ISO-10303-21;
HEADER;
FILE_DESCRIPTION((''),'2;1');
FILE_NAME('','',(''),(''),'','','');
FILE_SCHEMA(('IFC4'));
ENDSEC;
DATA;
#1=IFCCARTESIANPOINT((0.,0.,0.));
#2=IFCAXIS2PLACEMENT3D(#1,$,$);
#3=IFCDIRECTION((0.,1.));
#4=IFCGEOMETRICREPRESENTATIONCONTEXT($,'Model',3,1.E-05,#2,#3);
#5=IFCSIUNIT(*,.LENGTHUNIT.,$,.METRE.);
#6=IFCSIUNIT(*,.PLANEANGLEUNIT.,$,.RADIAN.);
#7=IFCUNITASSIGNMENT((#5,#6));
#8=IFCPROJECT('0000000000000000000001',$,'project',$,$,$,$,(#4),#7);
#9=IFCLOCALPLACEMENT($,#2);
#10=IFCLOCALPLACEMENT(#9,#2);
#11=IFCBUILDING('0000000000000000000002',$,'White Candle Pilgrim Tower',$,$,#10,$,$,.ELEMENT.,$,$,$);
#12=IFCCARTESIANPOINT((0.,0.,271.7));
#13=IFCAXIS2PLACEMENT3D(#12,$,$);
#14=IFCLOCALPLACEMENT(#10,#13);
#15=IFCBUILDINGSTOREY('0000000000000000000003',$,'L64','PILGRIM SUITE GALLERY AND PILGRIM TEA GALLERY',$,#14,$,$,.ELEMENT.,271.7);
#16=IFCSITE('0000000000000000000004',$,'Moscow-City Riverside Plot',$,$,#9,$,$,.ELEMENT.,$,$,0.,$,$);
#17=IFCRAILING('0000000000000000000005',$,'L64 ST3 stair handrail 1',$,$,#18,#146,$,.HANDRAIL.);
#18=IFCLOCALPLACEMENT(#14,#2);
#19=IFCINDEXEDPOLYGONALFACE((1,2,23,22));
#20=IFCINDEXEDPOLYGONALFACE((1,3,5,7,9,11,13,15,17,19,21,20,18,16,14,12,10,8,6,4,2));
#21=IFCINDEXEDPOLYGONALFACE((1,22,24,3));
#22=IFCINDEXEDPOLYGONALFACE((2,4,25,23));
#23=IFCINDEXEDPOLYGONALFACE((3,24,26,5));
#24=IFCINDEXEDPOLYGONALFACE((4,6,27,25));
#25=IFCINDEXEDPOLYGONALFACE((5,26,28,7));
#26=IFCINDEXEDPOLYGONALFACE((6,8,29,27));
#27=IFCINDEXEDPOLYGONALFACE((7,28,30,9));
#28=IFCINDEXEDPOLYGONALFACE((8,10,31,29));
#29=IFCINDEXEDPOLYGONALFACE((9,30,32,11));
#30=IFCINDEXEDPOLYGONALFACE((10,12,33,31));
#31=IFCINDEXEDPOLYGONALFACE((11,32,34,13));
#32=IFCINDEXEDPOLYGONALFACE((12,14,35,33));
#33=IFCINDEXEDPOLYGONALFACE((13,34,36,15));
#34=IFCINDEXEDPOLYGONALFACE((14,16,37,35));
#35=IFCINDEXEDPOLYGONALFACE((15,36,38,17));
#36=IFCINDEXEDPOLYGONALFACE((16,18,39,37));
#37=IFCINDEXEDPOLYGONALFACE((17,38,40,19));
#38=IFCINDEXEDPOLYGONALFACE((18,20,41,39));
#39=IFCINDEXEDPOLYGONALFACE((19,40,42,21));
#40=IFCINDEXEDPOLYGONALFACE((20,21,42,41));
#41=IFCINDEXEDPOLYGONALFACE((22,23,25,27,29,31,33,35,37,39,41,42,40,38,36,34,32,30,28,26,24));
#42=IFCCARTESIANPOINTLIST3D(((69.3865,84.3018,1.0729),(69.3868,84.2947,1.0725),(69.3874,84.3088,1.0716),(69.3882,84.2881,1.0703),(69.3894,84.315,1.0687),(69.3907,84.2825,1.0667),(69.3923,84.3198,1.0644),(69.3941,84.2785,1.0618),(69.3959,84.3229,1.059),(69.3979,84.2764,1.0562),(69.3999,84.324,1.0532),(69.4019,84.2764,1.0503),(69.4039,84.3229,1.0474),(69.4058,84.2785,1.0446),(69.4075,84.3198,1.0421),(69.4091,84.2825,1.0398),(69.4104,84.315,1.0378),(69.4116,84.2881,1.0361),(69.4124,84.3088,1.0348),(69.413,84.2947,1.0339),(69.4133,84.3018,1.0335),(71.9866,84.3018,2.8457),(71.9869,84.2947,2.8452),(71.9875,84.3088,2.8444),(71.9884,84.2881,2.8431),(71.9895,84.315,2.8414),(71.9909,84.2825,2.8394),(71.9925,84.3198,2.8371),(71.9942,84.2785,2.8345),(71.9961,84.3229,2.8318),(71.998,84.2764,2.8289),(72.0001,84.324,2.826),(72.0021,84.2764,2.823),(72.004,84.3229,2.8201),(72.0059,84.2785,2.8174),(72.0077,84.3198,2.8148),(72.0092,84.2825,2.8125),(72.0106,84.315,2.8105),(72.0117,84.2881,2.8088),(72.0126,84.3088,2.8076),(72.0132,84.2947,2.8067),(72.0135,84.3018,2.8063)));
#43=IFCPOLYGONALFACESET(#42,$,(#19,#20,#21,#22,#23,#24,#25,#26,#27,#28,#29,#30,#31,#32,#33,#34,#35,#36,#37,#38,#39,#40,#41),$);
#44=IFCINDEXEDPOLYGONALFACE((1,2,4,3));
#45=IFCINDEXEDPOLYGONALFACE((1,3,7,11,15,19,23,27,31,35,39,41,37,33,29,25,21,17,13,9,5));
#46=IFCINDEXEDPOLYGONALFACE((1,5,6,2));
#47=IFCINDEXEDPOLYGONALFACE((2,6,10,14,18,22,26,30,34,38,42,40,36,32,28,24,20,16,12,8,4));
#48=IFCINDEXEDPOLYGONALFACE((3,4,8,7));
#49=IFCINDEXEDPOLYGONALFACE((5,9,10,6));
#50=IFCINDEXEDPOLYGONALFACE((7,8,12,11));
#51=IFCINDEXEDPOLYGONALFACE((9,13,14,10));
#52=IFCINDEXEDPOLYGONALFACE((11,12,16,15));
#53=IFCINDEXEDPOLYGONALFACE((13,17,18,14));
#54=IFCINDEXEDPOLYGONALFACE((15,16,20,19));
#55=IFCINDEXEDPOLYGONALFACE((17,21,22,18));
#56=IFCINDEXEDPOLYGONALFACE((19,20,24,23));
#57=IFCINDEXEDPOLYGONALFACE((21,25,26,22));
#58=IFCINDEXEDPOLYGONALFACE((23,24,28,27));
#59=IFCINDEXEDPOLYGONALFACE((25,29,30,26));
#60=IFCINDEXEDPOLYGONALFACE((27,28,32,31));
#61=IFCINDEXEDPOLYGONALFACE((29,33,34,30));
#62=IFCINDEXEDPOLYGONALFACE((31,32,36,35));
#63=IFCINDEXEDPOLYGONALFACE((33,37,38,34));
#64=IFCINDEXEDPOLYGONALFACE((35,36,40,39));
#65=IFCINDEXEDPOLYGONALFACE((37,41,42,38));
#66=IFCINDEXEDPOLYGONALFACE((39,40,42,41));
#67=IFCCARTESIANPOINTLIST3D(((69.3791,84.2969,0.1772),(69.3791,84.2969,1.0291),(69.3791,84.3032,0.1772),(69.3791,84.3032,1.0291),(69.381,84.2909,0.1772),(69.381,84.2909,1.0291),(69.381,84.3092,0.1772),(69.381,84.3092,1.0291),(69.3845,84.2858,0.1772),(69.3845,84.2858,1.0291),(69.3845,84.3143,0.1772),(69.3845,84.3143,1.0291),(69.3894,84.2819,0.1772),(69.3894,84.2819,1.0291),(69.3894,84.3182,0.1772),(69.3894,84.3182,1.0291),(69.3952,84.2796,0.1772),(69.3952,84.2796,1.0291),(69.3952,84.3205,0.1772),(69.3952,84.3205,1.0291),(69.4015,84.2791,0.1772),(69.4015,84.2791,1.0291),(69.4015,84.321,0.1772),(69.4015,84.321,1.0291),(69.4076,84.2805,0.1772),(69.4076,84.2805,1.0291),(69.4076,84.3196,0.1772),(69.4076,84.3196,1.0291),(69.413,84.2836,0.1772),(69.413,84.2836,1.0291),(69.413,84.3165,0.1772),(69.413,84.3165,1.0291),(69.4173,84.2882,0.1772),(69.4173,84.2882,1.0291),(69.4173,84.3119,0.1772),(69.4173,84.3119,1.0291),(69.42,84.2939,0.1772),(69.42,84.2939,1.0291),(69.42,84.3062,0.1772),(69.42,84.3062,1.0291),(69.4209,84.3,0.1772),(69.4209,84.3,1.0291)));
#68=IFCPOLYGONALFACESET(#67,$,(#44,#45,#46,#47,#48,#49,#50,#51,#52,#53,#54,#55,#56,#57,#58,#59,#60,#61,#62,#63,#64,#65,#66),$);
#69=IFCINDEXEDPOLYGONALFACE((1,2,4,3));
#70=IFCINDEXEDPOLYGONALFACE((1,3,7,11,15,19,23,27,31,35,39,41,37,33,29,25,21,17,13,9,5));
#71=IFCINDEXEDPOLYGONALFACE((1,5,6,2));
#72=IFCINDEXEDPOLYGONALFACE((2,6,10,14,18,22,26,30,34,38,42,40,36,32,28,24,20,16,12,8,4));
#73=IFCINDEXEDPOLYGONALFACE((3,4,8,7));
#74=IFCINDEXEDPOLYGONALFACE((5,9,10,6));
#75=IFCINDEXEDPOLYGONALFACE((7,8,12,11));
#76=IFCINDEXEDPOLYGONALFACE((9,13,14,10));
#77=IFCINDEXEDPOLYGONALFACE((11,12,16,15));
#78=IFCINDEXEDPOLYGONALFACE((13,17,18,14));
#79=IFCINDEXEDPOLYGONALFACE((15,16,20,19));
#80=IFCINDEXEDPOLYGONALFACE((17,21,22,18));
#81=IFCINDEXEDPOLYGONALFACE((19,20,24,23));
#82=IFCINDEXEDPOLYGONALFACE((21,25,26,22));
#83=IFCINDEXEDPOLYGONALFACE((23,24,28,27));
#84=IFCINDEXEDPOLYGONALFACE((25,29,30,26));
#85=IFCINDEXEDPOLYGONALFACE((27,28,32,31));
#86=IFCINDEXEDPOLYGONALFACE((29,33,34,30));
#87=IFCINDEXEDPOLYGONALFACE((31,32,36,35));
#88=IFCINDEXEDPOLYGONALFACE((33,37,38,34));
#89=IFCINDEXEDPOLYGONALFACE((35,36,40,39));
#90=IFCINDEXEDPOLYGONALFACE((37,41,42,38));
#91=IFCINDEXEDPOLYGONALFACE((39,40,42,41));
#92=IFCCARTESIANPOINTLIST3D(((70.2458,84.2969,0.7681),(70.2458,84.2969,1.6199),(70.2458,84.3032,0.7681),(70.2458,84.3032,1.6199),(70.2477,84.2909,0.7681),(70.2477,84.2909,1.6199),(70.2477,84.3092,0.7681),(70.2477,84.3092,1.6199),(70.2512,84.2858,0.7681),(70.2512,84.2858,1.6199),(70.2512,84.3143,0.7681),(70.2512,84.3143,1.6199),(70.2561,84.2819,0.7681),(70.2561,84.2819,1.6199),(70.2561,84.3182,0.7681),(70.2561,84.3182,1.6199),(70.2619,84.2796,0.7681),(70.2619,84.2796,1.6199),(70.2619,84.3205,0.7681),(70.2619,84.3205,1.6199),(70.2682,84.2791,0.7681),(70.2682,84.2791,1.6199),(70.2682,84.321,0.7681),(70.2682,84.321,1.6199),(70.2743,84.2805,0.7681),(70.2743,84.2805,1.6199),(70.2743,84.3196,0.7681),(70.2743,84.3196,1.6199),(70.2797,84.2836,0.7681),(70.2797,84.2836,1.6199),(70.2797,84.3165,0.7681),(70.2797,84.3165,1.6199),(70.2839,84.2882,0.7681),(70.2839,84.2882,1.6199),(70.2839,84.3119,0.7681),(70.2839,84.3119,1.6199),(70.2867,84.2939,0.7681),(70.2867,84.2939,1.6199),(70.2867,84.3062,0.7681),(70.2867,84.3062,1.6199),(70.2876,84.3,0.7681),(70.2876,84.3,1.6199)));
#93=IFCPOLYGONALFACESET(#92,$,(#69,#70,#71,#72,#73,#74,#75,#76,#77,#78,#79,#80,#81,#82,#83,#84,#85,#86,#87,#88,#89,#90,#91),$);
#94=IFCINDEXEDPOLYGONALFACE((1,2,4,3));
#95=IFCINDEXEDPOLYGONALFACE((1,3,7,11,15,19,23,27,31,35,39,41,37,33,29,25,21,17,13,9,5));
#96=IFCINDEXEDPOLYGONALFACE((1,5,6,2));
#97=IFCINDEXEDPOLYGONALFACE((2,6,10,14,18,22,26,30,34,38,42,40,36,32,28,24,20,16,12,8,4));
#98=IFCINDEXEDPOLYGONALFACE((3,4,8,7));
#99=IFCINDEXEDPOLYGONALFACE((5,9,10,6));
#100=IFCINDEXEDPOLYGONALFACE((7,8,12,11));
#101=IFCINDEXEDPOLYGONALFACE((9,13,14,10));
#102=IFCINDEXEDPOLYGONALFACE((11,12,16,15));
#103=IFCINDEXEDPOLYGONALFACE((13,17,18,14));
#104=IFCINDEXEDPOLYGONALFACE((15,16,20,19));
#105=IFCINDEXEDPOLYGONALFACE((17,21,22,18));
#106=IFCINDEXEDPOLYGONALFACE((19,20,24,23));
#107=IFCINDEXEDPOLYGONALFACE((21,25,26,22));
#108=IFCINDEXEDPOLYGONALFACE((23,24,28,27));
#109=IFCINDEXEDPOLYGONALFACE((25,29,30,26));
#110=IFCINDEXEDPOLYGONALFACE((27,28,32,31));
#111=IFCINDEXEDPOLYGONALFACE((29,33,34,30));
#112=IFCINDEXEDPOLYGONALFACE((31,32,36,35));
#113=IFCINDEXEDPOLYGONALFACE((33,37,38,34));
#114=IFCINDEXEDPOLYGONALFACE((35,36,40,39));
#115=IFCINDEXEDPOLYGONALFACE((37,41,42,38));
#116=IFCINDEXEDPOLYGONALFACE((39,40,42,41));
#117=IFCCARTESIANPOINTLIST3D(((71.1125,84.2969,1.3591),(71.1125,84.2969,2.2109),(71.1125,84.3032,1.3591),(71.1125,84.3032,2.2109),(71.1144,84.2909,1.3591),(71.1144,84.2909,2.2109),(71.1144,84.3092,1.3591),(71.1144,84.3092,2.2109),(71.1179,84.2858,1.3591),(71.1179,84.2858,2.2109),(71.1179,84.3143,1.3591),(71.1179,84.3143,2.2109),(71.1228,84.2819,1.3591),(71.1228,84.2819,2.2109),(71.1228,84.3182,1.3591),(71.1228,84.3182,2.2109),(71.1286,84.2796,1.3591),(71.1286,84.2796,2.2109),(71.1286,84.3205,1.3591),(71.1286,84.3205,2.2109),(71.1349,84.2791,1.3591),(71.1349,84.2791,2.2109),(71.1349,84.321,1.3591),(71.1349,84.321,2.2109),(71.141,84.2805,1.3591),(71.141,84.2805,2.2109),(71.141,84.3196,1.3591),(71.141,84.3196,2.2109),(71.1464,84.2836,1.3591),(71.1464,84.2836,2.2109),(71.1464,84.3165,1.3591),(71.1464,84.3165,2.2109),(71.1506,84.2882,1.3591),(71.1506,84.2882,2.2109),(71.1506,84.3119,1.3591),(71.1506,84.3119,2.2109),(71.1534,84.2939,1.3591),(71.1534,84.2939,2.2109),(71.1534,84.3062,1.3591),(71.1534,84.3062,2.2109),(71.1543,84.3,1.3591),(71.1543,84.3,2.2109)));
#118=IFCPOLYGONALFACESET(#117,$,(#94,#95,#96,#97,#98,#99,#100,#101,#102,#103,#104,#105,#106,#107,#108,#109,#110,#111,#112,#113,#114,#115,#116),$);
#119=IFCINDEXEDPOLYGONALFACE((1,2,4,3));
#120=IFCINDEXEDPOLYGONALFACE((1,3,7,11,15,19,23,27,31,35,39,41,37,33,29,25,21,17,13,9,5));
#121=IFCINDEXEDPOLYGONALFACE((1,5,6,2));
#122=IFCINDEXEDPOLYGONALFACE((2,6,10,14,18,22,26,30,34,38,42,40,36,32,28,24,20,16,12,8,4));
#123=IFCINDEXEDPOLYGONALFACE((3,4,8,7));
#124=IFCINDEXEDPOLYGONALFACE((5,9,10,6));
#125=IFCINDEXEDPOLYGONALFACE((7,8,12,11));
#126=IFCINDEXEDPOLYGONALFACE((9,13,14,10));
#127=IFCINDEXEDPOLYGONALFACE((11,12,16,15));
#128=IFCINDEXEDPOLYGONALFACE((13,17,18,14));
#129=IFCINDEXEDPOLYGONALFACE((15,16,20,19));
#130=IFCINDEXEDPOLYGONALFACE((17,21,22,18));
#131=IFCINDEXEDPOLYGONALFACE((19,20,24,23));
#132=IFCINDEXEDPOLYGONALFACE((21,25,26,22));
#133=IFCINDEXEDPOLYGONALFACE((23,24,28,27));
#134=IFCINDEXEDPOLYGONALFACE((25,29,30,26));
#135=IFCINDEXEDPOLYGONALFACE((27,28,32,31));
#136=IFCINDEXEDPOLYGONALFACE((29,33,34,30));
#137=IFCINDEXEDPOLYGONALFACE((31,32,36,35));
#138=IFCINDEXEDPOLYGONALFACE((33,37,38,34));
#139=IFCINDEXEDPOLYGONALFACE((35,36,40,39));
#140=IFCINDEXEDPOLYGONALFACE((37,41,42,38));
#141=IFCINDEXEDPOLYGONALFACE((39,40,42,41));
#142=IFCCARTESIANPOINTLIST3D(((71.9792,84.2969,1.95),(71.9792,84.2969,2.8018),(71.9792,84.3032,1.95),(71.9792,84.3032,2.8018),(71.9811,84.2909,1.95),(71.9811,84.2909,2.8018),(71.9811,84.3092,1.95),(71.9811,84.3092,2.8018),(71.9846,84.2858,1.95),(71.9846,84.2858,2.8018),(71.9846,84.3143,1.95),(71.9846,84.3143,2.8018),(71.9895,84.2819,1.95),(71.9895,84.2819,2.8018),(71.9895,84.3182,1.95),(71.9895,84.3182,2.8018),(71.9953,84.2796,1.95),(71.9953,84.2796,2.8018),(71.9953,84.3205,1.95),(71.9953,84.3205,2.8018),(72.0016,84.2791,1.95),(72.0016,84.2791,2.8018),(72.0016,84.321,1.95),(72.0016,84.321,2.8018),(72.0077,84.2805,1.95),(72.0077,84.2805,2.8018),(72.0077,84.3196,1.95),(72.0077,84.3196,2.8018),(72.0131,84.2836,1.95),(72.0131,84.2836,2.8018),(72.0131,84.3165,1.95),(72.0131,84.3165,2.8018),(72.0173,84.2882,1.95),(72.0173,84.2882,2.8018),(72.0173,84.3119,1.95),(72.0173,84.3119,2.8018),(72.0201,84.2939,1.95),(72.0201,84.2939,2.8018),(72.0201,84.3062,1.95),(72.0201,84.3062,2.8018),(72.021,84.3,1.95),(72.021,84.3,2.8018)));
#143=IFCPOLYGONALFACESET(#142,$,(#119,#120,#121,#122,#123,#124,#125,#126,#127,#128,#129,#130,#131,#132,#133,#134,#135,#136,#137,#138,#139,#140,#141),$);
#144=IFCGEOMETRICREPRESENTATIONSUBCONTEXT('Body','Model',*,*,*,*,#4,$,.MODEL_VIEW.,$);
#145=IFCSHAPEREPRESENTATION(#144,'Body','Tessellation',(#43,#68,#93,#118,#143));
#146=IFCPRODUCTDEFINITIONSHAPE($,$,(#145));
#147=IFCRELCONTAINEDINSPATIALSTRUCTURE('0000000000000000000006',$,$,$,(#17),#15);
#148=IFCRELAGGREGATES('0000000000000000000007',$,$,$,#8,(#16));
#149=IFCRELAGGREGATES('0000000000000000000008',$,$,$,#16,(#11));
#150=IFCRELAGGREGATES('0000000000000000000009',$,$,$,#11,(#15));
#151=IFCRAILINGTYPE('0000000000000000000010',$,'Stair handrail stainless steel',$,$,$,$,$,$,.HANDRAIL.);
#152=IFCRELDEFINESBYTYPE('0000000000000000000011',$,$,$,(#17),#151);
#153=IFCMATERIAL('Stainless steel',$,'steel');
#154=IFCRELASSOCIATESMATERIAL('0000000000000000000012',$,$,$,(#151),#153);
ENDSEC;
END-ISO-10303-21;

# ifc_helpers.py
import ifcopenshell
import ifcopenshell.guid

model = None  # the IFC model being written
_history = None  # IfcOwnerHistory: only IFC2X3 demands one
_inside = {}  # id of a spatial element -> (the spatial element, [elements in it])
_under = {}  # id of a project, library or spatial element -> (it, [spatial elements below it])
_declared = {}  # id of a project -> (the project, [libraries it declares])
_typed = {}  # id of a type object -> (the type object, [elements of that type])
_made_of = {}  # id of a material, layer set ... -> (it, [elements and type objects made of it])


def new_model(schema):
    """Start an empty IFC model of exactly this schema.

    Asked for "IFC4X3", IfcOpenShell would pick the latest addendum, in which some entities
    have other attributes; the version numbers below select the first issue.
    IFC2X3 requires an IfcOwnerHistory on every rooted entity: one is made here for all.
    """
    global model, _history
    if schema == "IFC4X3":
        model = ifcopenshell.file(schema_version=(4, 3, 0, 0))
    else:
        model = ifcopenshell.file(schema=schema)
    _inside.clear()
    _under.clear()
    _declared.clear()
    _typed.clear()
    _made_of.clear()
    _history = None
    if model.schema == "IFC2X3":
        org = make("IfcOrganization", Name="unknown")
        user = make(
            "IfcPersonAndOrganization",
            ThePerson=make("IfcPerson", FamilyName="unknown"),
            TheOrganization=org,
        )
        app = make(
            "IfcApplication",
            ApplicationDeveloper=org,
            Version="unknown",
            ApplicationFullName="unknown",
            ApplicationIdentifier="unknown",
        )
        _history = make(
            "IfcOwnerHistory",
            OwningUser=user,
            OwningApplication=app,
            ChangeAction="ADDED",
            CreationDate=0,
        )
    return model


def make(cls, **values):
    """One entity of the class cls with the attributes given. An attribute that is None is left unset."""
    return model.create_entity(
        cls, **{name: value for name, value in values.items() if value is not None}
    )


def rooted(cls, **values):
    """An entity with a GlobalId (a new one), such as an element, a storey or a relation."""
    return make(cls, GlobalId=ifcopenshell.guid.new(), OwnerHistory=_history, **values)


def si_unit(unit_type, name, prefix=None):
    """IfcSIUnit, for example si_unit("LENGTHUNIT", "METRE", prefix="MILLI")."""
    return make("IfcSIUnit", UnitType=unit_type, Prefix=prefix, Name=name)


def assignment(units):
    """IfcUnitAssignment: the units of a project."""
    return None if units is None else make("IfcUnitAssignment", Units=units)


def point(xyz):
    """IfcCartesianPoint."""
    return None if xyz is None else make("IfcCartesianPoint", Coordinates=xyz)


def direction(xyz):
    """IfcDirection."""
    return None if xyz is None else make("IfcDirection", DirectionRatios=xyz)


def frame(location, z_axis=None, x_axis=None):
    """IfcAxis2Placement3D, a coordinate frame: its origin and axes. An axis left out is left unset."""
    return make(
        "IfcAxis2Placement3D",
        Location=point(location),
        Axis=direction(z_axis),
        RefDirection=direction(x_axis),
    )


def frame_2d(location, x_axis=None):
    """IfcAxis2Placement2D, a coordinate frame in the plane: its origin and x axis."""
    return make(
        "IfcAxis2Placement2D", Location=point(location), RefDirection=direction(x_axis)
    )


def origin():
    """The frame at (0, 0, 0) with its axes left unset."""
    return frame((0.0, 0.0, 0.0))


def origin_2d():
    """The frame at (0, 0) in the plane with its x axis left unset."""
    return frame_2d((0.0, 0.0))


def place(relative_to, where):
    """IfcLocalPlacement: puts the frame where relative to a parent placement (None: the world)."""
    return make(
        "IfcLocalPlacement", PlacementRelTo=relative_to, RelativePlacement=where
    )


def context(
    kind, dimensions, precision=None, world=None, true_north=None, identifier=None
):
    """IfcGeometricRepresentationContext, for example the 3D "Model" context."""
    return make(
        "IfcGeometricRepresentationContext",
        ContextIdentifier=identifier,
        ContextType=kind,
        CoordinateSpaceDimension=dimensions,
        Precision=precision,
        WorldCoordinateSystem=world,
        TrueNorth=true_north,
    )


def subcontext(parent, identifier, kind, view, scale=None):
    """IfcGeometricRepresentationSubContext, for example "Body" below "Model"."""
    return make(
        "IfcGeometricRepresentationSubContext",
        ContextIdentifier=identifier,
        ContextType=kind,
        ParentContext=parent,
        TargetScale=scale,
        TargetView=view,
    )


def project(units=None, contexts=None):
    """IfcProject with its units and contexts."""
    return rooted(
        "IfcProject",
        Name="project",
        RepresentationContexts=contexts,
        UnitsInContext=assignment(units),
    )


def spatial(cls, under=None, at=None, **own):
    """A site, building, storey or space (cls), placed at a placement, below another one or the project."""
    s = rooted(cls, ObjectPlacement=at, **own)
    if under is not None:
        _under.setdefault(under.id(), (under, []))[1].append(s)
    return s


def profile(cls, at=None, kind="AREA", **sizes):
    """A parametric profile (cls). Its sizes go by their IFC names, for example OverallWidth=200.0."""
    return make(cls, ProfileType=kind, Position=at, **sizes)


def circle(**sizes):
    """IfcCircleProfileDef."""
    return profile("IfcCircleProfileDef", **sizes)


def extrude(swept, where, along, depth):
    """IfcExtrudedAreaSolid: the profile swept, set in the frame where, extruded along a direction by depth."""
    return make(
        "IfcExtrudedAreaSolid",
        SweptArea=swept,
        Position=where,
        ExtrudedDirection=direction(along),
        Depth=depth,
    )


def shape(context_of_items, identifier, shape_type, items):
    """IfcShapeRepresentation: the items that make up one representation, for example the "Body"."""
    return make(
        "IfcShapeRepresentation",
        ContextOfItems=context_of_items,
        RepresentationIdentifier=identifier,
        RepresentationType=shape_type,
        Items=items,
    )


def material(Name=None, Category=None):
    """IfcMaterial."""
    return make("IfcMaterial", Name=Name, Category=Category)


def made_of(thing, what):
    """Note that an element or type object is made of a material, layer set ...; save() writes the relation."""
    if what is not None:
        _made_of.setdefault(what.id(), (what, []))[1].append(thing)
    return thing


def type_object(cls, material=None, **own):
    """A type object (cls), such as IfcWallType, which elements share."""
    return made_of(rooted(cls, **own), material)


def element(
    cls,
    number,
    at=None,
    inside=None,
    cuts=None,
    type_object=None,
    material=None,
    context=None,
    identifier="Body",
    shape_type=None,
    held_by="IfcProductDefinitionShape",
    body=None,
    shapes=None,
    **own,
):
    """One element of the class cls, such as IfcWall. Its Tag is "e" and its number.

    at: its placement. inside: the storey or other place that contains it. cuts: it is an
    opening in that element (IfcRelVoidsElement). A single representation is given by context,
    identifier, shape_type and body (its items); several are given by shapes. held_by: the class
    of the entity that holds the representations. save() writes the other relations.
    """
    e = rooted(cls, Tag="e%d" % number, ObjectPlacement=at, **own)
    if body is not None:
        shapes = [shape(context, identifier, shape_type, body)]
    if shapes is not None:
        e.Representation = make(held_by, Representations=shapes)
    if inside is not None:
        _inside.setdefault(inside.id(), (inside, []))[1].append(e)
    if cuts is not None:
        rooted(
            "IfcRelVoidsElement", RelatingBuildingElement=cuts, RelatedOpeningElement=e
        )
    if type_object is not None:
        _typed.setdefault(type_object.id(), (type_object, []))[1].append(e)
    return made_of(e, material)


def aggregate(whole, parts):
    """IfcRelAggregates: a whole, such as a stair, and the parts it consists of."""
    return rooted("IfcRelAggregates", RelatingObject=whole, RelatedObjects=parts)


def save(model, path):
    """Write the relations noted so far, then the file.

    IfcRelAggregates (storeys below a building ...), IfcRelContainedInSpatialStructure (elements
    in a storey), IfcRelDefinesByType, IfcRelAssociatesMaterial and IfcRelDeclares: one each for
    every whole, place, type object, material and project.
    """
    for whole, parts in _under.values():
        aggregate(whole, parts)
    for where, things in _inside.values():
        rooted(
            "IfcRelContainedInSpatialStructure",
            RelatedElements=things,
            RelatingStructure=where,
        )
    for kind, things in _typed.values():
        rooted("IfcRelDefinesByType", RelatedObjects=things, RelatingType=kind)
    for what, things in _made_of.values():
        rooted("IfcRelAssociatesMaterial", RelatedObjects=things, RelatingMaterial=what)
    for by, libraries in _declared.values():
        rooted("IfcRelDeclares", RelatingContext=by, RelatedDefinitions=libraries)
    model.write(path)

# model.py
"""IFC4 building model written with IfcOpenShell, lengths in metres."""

from ifc_helpers import new_model, si_unit, direction, frame, origin, origin_2d, place, context, subcontext, project, spatial, circle, extrude, material, type_object, element, save


model = new_model("IFC4")

# Units and contexts
model_context = context("Model", 3, precision=1e-05, world=origin(), true_north=direction((0.0, 1.0)))
body_context = subcontext(model_context, "Body", "Model", "MODEL_VIEW")
ifc_project = project(units=[si_unit("LENGTHUNIT", "METRE"), si_unit("PLANEANGLEUNIT", "RADIAN")], contexts=[model_context])

# Site, building, storey
site_placement = place(None, origin())
site = spatial("IfcSite", under=ifc_project, at=site_placement, Name="Moscow-City Riverside Plot", CompositionType="ELEMENT", RefElevation=0.0)
building_placement = place(site_placement, origin())
building = spatial("IfcBuilding", under=site, at=building_placement, Name="White Candle Pilgrim Tower", CompositionType="ELEMENT")
storey_placement = place(building_placement, frame((0.0, 0.0, 271.7)))
storey = spatial("IfcBuildingStorey", under=building, at=storey_placement, Name="L64", Description="PILGRIM SUITE GALLERY AND PILGRIM TEA GALLERY", CompositionType="ELEMENT", Elevation=271.7)

# Railing
ifc_material_1 = material(Name="Stainless steel", Category="steel")
railing_type_1 = type_object("IfcRailingType", Name="Stair handrail stainless steel", PredefinedType="HANDRAIL", material=ifc_material_1)
railing_1_placement = place(storey_placement, frame((69.3999, 84.3, 0.1772)))
element("IfcRailing", 1, at=railing_1_placement, inside=storey, type_object=railing_type_1, Name="L64 ST3 stair handrail 1", PredefinedType="HANDRAIL", context=body_context, shape_type="SweptSolid", body=[
    extrude(circle(Radius=0.0239, at=origin_2d()), frame((0.0, 0.0, 0.876), z_axis=(0.82624, 0.0, 0.563318), x_axis=(0.0, 1.0, 0.0)), (0.0, 0.0, 1.0), 3.147),
    extrude(circle(Radius=0.021, at=origin_2d()), origin(), (0.0, 0.0, 1.0), 0.8518),
    extrude(circle(Radius=0.021, at=origin_2d()), frame((0.8667, 0.0, 0.5908)), (0.0, 0.0, 1.0), 0.8518),
    extrude(circle(Radius=0.021, at=origin_2d()), frame((1.7334, 0.0, 1.1819)), (0.0, 0.0, 1.0), 0.8518),
    extrude(circle(Radius=0.021, at=origin_2d()), frame((2.6001, 0.0, 1.7727)), (0.0, 0.0, 1.0), 0.8518),
])

save(model, "model.ifc")
